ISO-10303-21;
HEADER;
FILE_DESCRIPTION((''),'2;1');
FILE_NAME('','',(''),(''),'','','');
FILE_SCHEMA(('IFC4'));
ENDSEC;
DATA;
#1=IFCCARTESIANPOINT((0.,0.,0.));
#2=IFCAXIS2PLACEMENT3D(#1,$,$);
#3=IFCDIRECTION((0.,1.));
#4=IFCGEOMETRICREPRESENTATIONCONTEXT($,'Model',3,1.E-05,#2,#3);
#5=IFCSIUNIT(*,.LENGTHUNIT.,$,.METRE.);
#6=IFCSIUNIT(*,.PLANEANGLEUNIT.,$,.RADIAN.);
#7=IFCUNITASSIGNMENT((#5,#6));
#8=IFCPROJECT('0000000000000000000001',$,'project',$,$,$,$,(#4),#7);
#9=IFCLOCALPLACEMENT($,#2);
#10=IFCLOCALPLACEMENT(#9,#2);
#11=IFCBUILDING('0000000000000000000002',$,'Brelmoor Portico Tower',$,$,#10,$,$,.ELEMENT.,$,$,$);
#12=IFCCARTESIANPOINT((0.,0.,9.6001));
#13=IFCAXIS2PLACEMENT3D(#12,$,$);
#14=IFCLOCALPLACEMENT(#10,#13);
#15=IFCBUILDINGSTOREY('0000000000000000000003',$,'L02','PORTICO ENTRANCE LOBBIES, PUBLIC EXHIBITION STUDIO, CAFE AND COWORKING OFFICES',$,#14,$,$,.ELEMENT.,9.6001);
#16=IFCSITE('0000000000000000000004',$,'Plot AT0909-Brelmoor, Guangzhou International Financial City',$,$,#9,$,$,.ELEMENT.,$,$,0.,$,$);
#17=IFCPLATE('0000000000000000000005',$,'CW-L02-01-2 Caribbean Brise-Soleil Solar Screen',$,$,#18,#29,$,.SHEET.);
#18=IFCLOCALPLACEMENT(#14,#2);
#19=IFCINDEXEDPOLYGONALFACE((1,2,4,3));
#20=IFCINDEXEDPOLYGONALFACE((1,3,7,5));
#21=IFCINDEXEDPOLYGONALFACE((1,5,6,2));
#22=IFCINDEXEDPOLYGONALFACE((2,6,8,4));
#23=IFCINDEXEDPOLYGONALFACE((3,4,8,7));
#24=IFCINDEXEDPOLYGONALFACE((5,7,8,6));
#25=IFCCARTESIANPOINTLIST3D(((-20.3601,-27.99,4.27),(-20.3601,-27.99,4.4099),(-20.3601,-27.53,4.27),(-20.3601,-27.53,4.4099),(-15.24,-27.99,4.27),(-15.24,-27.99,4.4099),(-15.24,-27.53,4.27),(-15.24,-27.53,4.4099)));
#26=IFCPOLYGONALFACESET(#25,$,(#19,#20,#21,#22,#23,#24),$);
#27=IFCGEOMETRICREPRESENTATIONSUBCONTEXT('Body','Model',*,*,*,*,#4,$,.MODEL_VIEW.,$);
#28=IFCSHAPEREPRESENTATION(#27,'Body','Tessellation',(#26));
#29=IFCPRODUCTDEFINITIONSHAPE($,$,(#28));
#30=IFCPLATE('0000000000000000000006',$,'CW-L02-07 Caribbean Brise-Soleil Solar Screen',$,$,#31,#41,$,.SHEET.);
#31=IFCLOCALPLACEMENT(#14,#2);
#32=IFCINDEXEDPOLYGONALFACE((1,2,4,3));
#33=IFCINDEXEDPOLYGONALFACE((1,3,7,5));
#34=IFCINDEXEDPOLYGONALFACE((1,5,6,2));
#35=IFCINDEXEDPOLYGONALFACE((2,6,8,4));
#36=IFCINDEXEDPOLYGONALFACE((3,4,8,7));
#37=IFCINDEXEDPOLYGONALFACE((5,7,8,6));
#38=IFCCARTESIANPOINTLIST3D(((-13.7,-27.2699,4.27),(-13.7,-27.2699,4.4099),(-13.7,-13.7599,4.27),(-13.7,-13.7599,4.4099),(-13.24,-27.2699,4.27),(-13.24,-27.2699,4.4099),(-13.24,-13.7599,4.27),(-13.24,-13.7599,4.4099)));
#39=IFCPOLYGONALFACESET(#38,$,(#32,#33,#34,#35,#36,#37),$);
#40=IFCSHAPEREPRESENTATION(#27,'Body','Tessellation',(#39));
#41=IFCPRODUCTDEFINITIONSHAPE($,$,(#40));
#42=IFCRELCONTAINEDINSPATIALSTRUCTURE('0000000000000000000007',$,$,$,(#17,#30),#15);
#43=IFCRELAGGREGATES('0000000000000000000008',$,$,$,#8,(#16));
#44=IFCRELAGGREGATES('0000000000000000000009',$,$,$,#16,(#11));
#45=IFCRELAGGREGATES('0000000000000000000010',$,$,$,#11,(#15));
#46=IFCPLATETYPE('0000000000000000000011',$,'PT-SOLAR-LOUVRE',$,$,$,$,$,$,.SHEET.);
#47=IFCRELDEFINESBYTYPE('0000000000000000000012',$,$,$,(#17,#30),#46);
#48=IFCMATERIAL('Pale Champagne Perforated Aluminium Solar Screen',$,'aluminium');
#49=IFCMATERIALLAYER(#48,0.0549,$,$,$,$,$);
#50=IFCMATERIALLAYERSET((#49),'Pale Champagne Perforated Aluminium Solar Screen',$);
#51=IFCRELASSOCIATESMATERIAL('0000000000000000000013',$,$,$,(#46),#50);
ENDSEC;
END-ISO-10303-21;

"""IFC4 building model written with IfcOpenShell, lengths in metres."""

from ifc_helpers import new_model, si_unit, direction, frame, origin, origin_2d, place, context, subcontext, project, spatial, rectangle, extrude, material, layer, layer_set, type_object, element, save


model = new_model("IFC4")

# Units and contexts
model_context = context("Model", 3, precision=1e-05, world=origin(), true_north=direction((0.0, 1.0)))
body_context = subcontext(model_context, "Body", "Model", "MODEL_VIEW")
ifc_project = project(units=[si_unit("LENGTHUNIT", "METRE"), si_unit("PLANEANGLEUNIT", "RADIAN")], contexts=[model_context])

# Site, building, storey
site_placement = place(None, origin())
site = spatial("IfcSite", under=ifc_project, at=site_placement, Name="Plot AT0909-Brelmoor, Guangzhou International Financial City", CompositionType="ELEMENT", RefElevation=0.0)
building_placement = place(site_placement, origin())
building = spatial("IfcBuilding", under=site, at=building_placement, Name="Brelmoor Portico Tower", CompositionType="ELEMENT")
storey_placement = place(building_placement, frame((0.0, 0.0, 9.6001)))
storey = spatial("IfcBuildingStorey", under=building, at=storey_placement, Name="L02", Description="PORTICO ENTRANCE LOBBIES, PUBLIC EXHIBITION STUDIO, CAFE AND COWORKING OFFICES", CompositionType="ELEMENT", Elevation=9.6001)

# Plates
ifc_material_1 = material(Name="Pale Champagne Perforated Aluminium Solar Screen", Category="aluminium")
ifc_layer_1 = layer(ifc_material_1, 0.0549)
ifc_layer_set_1 = layer_set([ifc_layer_1], Name="Pale Champagne Perforated Aluminium Solar Screen")
plate_type_1 = type_object("IfcPlateType", Name="PT-SOLAR-LOUVRE", PredefinedType="SHEET", material=ifc_layer_set_1)
plate_1_placement = place(storey_placement, frame((-17.8, -27.76, 4.27), z_axis=(0.0, 0.0, 1.0), x_axis=(1.0, 0.0, 0.0)))
element("IfcPlate", 1, at=plate_1_placement, inside=storey, type_object=plate_type_1, Name="CW-L02-01-2 Caribbean Brise-Soleil Solar Screen", PredefinedType="SHEET", context=body_context, shape_type="SweptSolid", body=[
    extrude(rectangle(XDim=5.1201, YDim=0.46, at=origin_2d()), origin(), (0.0, 0.0, 1.0), 0.1399),
])
plate_2_placement = place(storey_placement, frame((-13.47, -20.5149, 4.27), z_axis=(0.0, 0.0, 1.0), x_axis=(0.0, 1.0, 0.0)))
element("IfcPlate", 2, at=plate_2_placement, inside=storey, type_object=plate_type_1, Name="CW-L02-07 Caribbean Brise-Soleil Solar Screen", PredefinedType="SHEET", context=body_context, shape_type="SweptSolid", body=[
    extrude(rectangle(XDim=13.51, YDim=0.46, at=origin_2d()), origin(), (0.0, 0.0, 1.0), 0.1399),
])

save(model, "model.ifc")
